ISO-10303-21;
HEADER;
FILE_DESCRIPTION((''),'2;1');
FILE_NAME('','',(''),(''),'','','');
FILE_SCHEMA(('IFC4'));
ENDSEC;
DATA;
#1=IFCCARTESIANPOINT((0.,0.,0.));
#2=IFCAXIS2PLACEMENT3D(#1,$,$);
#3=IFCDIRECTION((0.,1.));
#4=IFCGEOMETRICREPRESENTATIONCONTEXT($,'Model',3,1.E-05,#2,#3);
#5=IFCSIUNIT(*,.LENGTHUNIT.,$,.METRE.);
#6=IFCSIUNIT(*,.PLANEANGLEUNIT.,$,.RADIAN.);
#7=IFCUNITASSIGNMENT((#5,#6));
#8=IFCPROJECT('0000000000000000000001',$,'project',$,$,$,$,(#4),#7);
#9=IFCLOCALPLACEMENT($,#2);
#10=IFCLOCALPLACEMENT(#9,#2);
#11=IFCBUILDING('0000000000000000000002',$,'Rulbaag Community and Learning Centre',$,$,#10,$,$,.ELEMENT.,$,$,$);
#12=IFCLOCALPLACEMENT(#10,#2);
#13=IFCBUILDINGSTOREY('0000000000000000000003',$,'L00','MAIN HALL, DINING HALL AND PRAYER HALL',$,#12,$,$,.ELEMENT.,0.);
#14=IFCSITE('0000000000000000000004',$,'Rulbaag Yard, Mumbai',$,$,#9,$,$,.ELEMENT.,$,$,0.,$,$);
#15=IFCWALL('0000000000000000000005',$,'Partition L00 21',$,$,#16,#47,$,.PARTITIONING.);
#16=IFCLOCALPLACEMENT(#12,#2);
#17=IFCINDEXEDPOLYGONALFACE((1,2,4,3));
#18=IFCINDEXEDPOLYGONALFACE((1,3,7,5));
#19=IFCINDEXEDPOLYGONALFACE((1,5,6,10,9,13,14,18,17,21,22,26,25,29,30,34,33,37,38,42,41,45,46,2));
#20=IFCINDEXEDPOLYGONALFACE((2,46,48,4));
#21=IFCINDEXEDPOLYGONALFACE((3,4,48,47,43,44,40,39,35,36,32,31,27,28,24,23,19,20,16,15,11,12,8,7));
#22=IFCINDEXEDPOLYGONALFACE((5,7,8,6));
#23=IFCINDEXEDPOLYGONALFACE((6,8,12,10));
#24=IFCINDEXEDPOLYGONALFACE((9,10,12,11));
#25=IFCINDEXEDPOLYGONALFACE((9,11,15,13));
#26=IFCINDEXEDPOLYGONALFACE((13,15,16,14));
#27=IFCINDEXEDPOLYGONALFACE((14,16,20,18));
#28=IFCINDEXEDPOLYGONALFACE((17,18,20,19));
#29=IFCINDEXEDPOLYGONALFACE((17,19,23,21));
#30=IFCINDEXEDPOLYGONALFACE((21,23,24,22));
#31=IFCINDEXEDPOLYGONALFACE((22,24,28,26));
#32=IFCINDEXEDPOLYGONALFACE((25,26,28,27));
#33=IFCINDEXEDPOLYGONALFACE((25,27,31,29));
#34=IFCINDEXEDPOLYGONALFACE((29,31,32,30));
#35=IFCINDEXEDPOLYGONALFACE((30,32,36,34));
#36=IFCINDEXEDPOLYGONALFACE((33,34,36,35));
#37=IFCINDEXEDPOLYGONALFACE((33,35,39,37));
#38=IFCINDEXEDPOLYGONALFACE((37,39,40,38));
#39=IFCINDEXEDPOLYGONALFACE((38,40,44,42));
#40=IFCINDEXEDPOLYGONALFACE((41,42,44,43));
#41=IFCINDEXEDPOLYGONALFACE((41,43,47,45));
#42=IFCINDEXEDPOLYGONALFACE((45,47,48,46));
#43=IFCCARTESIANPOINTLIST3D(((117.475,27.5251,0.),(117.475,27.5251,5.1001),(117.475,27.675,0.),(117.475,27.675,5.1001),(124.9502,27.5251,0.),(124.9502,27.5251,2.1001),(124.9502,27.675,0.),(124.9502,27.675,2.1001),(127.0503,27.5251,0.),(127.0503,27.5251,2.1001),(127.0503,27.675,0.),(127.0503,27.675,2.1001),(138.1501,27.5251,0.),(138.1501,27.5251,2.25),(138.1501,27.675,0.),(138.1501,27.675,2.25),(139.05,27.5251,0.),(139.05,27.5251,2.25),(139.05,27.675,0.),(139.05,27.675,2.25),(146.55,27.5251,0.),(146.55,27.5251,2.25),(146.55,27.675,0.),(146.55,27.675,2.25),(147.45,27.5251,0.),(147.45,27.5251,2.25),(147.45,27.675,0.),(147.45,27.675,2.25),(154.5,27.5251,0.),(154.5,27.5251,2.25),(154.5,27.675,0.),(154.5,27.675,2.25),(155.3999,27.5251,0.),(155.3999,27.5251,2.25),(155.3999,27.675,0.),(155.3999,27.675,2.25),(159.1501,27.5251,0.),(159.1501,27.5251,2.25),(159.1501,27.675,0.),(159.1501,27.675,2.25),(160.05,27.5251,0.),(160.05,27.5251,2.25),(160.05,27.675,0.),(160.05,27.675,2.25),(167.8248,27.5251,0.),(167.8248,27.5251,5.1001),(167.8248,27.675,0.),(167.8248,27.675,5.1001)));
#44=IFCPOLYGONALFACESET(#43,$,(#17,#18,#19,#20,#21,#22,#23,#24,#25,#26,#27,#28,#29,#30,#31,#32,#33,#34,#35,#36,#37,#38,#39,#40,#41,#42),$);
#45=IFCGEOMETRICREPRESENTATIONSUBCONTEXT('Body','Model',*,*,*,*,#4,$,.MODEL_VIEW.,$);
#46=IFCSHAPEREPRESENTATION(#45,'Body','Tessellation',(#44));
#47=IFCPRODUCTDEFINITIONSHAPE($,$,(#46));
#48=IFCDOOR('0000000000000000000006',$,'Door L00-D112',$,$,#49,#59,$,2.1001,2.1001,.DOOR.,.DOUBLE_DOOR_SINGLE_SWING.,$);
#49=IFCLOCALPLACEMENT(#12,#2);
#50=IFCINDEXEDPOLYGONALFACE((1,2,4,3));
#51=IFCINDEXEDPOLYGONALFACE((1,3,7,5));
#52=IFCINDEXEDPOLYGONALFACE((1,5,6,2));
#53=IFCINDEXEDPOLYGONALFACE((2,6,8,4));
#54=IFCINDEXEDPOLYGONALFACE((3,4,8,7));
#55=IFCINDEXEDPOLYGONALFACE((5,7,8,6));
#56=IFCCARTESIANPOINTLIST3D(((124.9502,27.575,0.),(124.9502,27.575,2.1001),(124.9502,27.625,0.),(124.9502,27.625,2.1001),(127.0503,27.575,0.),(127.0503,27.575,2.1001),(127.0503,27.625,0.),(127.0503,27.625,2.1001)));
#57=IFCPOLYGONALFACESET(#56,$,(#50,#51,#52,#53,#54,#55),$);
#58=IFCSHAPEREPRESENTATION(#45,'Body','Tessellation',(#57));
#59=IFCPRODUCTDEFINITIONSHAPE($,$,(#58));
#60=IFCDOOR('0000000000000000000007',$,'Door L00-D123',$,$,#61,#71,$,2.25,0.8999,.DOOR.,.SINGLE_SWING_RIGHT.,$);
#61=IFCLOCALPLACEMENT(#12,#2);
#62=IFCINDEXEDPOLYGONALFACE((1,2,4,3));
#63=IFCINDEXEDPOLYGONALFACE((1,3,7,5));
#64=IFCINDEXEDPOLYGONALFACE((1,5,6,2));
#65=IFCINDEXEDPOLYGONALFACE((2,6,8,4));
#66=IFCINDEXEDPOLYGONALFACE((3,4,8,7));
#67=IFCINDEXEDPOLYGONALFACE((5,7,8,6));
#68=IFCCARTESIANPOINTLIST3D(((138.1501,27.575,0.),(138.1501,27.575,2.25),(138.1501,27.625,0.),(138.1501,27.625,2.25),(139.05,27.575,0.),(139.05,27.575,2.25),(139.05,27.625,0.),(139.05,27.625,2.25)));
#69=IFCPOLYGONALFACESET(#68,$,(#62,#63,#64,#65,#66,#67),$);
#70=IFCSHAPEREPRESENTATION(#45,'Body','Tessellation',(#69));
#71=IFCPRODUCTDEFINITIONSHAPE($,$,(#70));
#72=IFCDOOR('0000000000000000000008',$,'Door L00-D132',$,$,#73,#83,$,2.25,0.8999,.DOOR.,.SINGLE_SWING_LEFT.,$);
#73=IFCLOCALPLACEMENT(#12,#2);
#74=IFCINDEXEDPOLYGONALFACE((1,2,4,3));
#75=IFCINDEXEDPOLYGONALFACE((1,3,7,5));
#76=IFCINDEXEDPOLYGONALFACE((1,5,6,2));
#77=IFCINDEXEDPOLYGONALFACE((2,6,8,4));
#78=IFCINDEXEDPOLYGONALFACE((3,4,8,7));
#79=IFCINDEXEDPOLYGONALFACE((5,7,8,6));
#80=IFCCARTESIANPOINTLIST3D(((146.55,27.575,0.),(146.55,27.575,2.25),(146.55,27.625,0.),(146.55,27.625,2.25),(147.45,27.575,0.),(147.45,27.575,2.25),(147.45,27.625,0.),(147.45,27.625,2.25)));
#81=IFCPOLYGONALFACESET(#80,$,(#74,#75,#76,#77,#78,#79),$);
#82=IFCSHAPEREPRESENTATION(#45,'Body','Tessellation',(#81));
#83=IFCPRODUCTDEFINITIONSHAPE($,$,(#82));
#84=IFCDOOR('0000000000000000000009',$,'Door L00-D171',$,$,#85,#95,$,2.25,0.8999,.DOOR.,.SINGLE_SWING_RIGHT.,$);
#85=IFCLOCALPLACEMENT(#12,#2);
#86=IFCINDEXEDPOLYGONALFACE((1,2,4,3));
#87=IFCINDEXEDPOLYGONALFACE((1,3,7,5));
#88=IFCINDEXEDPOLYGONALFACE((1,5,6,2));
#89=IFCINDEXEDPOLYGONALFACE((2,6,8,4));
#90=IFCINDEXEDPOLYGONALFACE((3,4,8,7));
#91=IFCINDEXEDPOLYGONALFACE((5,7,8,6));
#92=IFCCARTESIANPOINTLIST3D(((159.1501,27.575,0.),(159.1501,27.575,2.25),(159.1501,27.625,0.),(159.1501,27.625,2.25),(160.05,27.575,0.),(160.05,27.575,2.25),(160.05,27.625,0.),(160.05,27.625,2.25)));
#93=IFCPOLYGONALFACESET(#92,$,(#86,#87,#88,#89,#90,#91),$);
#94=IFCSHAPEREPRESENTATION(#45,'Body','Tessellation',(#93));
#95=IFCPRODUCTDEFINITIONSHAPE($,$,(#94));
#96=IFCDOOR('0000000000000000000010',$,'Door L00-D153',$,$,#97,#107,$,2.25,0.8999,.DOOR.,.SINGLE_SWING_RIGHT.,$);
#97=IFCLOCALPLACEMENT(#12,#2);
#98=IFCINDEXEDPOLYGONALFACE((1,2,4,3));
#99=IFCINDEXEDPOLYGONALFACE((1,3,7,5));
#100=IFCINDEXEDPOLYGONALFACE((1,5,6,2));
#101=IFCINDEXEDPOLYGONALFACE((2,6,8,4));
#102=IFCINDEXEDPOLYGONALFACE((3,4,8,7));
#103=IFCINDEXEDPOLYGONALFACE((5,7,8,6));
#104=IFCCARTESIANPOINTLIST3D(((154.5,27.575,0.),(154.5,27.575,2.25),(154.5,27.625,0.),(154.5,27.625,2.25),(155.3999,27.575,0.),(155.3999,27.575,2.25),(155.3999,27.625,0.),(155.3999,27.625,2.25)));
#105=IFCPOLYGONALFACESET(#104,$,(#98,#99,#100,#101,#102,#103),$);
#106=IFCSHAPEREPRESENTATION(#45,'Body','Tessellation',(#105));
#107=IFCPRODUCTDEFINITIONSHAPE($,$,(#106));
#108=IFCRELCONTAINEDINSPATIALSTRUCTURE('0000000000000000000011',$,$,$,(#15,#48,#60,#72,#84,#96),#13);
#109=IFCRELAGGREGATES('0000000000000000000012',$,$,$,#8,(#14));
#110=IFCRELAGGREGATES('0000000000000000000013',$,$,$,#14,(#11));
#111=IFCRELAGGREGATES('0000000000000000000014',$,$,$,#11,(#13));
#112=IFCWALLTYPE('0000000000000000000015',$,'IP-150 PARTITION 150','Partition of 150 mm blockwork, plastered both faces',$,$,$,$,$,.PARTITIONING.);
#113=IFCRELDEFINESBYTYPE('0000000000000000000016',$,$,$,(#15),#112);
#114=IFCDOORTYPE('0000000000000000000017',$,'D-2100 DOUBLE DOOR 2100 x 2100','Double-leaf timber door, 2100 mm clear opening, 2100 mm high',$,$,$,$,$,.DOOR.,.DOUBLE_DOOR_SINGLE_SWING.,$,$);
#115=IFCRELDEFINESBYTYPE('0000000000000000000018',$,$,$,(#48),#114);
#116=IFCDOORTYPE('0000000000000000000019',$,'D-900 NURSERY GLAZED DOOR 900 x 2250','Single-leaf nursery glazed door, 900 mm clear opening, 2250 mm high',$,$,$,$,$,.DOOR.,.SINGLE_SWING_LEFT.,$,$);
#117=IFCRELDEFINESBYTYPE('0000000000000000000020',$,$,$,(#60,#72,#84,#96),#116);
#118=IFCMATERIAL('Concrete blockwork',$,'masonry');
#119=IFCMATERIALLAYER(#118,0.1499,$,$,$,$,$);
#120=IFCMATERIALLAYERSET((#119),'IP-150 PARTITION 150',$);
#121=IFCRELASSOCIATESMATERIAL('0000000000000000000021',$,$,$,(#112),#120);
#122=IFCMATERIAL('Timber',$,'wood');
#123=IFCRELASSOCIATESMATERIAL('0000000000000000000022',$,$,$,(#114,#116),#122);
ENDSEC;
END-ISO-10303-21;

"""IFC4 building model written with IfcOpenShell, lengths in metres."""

from ifc_helpers import new_model, si_unit, direction, frame, frame_2d, origin, place, context, subcontext, project, spatial, rectangle, extrude, material, layer, layer_set, type_object, element, fill, save


model = new_model("IFC4")

# Units and contexts
model_context = context("Model", 3, precision=1e-05, world=origin(), true_north=direction((0.0, 1.0)))
body_context = subcontext(model_context, "Body", "Model", "MODEL_VIEW")
ifc_project = project(units=[si_unit("LENGTHUNIT", "METRE"), si_unit("PLANEANGLEUNIT", "RADIAN")], contexts=[model_context])

# Site, building, storey
site_placement = place(None, origin())
site = spatial("IfcSite", under=ifc_project, at=site_placement, Name="Rulbaag Yard, Mumbai", CompositionType="ELEMENT", RefElevation=0.0)
building_placement = place(site_placement, origin())
building = spatial("IfcBuilding", under=site, at=building_placement, Name="Rulbaag Community and Learning Centre", CompositionType="ELEMENT")
storey_placement = place(building_placement, origin())
storey = spatial("IfcBuildingStorey", under=building, at=storey_placement, Name="L00", Description="MAIN HALL, DINING HALL AND PRAYER HALL", CompositionType="ELEMENT", Elevation=0.0)

# Wall, openings, doors
ifc_material_1 = material(Name="Concrete blockwork", Category="masonry")
ifc_layer = layer(ifc_material_1, 0.1499)
ifc_layer_set = layer_set([ifc_layer], Name="IP-150 PARTITION 150")
wall_type = type_object("IfcWallType", Name="IP-150 PARTITION 150", Description="Partition of 150 mm blockwork, plastered both faces", PredefinedType="PARTITIONING", material=ifc_layer_set)
ifc_material_2 = material(Name="Timber", Category="wood")
door_type_1 = type_object("IfcDoorType", Name="D-2100 DOUBLE DOOR 2100 x 2100", Description="Double-leaf timber door, 2100 mm clear opening, 2100 mm high", OperationType="DOUBLE_DOOR_SINGLE_SWING", PredefinedType="DOOR", material=ifc_material_2)
wall_1_placement = place(storey_placement, frame((117.4751, 27.6001, 0.0), z_axis=(0.0, 0.0, 1.0), x_axis=(1.0, 0.0, 0.0)))
wall_1 = element("IfcWall", 1, at=wall_1_placement, inside=storey, type_object=wall_type, Name="Partition L00 21", PredefinedType="PARTITIONING", context=body_context, shape_type="SweptSolid", body=[
    extrude(rectangle(XDim=50.3499, YDim=0.1499, at=frame_2d((25.1748, 0.0))), origin(), (0.0, 0.0, 1.0), 5.1001),
])
opening_1_placement = place(wall_1_placement, frame((7.4751, 0.0, 0.0)))
opening_1 = element("IfcOpeningElement", 2, at=opening_1_placement, cuts=wall_1, PredefinedType="OPENING", context=body_context, shape_type="SweptSolid", body=[
    extrude(rectangle(XDim=2.1001, YDim=2.1001, at=frame_2d((1.05, 1.05))), frame((0.0, 0.085, 0.0), z_axis=(0.0, -1.0, 0.0), x_axis=(1.0, 0.0, 0.0)), (0.0, 0.0, 1.0), 0.1699),
])
opening_2_placement = place(wall_1_placement, frame((20.675, 0.0, 0.0)))
opening_2 = element("IfcOpeningElement", 3, at=opening_2_placement, cuts=wall_1, PredefinedType="OPENING", context=body_context, shape_type="SweptSolid", body=[
    extrude(rectangle(XDim=0.8999, YDim=2.25, at=frame_2d((0.45, 1.125))), frame((0.0, 0.085, 0.0), z_axis=(0.0, -1.0, 0.0), x_axis=(1.0, 0.0, 0.0)), (0.0, 0.0, 1.0), 0.1699),
])
opening_3_placement = place(wall_1_placement, frame((29.075, 0.0, 0.0)))
opening_3 = element("IfcOpeningElement", 4, at=opening_3_placement, cuts=wall_1, PredefinedType="OPENING", context=body_context, shape_type="SweptSolid", body=[
    extrude(rectangle(XDim=0.8999, YDim=2.25, at=frame_2d((0.45, 1.125))), frame((0.0, 0.085, 0.0), z_axis=(0.0, -1.0, 0.0), x_axis=(1.0, 0.0, 0.0)), (0.0, 0.0, 1.0), 0.1699),
])
opening_4_placement = place(wall_1_placement, frame((41.675, 0.0, 0.0)))
opening_4 = element("IfcOpeningElement", 5, at=opening_4_placement, cuts=wall_1, PredefinedType="OPENING", context=body_context, shape_type="SweptSolid", body=[
    extrude(rectangle(XDim=0.8999, YDim=2.25, at=frame_2d((0.45, 1.125))), frame((0.0, 0.085, 0.0), z_axis=(0.0, -1.0, 0.0), x_axis=(1.0, 0.0, 0.0)), (0.0, 0.0, 1.0), 0.1699),
])
opening_5_placement = place(wall_1_placement, frame((37.0249, 0.0, 0.0)))
opening_5 = element("IfcOpeningElement", 6, at=opening_5_placement, cuts=wall_1, PredefinedType="OPENING", context=body_context, shape_type="SweptSolid", body=[
    extrude(rectangle(XDim=0.8999, YDim=2.25, at=frame_2d((0.45, 1.125))), frame((0.0, 0.085, 0.0), z_axis=(0.0, -1.0, 0.0), x_axis=(1.0, 0.0, 0.0)), (0.0, 0.0, 1.0), 0.1699),
])
door_1_placement = place(opening_1_placement, origin())
door_1 = element("IfcDoor", 7, at=door_1_placement, inside=storey, type_object=door_type_1, Name="Door L00-D112", OperationType="DOUBLE_DOOR_SINGLE_SWING", OverallHeight=2.1001, OverallWidth=2.1001, PredefinedType="DOOR", context=body_context, shape_type="SweptSolid", body=[
    extrude(rectangle(XDim=2.1001, YDim=2.1001, at=frame_2d((1.05, 1.05))), frame((0.0, 0.0249, 0.0), z_axis=(0.0, -1.0, 0.0), x_axis=(1.0, 0.0, 0.0)), (0.0, 0.0, 1.0), 0.05),
])
fill(opening_1, door_1)
door_type_2 = type_object("IfcDoorType", Name="D-900 NURSERY GLAZED DOOR 900 x 2250", Description="Single-leaf nursery glazed door, 900 mm clear opening, 2250 mm high", OperationType="SINGLE_SWING_LEFT", PredefinedType="DOOR", material=ifc_material_2)
door_2_placement = place(opening_2_placement, origin())
door_2 = element("IfcDoor", 8, at=door_2_placement, inside=storey, type_object=door_type_2, Name="Door L00-D123", OperationType="SINGLE_SWING_RIGHT", OverallHeight=2.25, OverallWidth=0.8999, PredefinedType="DOOR", context=body_context, shape_type="SweptSolid", body=[
    extrude(rectangle(XDim=0.8999, YDim=2.25, at=frame_2d((0.45, 1.125))), frame((0.0, 0.0249, 0.0), z_axis=(0.0, -1.0, 0.0), x_axis=(1.0, 0.0, 0.0)), (0.0, 0.0, 1.0), 0.05),
])
fill(opening_2, door_2)
door_3_placement = place(opening_3_placement, origin())
door_3 = element("IfcDoor", 9, at=door_3_placement, inside=storey, type_object=door_type_2, Name="Door L00-D132", OperationType="SINGLE_SWING_LEFT", OverallHeight=2.25, OverallWidth=0.8999, PredefinedType="DOOR", context=body_context, shape_type="SweptSolid", body=[
    extrude(rectangle(XDim=0.8999, YDim=2.25, at=frame_2d((0.45, 1.125))), frame((0.0, 0.0249, 0.0), z_axis=(0.0, -1.0, 0.0), x_axis=(1.0, 0.0, 0.0)), (0.0, 0.0, 1.0), 0.05),
])
fill(opening_3, door_3)
door_4_placement = place(opening_4_placement, origin())
door_4 = element("IfcDoor", 10, at=door_4_placement, inside=storey, type_object=door_type_2, Name="Door L00-D171", OperationType="SINGLE_SWING_RIGHT", OverallHeight=2.25, OverallWidth=0.8999, PredefinedType="DOOR", context=body_context, shape_type="SweptSolid", body=[
    extrude(rectangle(XDim=0.8999, YDim=2.25, at=frame_2d((0.45, 1.125))), frame((0.0, 0.0249, 0.0), z_axis=(0.0, -1.0, 0.0), x_axis=(1.0, 0.0, 0.0)), (0.0, 0.0, 1.0), 0.05),
])
fill(opening_4, door_4)
door_5_placement = place(opening_5_placement, origin())
door_5 = element("IfcDoor", 11, at=door_5_placement, inside=storey, type_object=door_type_2, Name="Door L00-D153", OperationType="SINGLE_SWING_RIGHT", OverallHeight=2.25, OverallWidth=0.8999, PredefinedType="DOOR", context=body_context, shape_type="SweptSolid", body=[
    extrude(rectangle(XDim=0.8999, YDim=2.25, at=frame_2d((0.45, 1.125))), frame((0.0, 0.0249, 0.0), z_axis=(0.0, -1.0, 0.0), x_axis=(1.0, 0.0, 0.0)), (0.0, 0.0, 1.0), 0.05),
])
fill(opening_5, door_5)

save(model, "model.ifc")
